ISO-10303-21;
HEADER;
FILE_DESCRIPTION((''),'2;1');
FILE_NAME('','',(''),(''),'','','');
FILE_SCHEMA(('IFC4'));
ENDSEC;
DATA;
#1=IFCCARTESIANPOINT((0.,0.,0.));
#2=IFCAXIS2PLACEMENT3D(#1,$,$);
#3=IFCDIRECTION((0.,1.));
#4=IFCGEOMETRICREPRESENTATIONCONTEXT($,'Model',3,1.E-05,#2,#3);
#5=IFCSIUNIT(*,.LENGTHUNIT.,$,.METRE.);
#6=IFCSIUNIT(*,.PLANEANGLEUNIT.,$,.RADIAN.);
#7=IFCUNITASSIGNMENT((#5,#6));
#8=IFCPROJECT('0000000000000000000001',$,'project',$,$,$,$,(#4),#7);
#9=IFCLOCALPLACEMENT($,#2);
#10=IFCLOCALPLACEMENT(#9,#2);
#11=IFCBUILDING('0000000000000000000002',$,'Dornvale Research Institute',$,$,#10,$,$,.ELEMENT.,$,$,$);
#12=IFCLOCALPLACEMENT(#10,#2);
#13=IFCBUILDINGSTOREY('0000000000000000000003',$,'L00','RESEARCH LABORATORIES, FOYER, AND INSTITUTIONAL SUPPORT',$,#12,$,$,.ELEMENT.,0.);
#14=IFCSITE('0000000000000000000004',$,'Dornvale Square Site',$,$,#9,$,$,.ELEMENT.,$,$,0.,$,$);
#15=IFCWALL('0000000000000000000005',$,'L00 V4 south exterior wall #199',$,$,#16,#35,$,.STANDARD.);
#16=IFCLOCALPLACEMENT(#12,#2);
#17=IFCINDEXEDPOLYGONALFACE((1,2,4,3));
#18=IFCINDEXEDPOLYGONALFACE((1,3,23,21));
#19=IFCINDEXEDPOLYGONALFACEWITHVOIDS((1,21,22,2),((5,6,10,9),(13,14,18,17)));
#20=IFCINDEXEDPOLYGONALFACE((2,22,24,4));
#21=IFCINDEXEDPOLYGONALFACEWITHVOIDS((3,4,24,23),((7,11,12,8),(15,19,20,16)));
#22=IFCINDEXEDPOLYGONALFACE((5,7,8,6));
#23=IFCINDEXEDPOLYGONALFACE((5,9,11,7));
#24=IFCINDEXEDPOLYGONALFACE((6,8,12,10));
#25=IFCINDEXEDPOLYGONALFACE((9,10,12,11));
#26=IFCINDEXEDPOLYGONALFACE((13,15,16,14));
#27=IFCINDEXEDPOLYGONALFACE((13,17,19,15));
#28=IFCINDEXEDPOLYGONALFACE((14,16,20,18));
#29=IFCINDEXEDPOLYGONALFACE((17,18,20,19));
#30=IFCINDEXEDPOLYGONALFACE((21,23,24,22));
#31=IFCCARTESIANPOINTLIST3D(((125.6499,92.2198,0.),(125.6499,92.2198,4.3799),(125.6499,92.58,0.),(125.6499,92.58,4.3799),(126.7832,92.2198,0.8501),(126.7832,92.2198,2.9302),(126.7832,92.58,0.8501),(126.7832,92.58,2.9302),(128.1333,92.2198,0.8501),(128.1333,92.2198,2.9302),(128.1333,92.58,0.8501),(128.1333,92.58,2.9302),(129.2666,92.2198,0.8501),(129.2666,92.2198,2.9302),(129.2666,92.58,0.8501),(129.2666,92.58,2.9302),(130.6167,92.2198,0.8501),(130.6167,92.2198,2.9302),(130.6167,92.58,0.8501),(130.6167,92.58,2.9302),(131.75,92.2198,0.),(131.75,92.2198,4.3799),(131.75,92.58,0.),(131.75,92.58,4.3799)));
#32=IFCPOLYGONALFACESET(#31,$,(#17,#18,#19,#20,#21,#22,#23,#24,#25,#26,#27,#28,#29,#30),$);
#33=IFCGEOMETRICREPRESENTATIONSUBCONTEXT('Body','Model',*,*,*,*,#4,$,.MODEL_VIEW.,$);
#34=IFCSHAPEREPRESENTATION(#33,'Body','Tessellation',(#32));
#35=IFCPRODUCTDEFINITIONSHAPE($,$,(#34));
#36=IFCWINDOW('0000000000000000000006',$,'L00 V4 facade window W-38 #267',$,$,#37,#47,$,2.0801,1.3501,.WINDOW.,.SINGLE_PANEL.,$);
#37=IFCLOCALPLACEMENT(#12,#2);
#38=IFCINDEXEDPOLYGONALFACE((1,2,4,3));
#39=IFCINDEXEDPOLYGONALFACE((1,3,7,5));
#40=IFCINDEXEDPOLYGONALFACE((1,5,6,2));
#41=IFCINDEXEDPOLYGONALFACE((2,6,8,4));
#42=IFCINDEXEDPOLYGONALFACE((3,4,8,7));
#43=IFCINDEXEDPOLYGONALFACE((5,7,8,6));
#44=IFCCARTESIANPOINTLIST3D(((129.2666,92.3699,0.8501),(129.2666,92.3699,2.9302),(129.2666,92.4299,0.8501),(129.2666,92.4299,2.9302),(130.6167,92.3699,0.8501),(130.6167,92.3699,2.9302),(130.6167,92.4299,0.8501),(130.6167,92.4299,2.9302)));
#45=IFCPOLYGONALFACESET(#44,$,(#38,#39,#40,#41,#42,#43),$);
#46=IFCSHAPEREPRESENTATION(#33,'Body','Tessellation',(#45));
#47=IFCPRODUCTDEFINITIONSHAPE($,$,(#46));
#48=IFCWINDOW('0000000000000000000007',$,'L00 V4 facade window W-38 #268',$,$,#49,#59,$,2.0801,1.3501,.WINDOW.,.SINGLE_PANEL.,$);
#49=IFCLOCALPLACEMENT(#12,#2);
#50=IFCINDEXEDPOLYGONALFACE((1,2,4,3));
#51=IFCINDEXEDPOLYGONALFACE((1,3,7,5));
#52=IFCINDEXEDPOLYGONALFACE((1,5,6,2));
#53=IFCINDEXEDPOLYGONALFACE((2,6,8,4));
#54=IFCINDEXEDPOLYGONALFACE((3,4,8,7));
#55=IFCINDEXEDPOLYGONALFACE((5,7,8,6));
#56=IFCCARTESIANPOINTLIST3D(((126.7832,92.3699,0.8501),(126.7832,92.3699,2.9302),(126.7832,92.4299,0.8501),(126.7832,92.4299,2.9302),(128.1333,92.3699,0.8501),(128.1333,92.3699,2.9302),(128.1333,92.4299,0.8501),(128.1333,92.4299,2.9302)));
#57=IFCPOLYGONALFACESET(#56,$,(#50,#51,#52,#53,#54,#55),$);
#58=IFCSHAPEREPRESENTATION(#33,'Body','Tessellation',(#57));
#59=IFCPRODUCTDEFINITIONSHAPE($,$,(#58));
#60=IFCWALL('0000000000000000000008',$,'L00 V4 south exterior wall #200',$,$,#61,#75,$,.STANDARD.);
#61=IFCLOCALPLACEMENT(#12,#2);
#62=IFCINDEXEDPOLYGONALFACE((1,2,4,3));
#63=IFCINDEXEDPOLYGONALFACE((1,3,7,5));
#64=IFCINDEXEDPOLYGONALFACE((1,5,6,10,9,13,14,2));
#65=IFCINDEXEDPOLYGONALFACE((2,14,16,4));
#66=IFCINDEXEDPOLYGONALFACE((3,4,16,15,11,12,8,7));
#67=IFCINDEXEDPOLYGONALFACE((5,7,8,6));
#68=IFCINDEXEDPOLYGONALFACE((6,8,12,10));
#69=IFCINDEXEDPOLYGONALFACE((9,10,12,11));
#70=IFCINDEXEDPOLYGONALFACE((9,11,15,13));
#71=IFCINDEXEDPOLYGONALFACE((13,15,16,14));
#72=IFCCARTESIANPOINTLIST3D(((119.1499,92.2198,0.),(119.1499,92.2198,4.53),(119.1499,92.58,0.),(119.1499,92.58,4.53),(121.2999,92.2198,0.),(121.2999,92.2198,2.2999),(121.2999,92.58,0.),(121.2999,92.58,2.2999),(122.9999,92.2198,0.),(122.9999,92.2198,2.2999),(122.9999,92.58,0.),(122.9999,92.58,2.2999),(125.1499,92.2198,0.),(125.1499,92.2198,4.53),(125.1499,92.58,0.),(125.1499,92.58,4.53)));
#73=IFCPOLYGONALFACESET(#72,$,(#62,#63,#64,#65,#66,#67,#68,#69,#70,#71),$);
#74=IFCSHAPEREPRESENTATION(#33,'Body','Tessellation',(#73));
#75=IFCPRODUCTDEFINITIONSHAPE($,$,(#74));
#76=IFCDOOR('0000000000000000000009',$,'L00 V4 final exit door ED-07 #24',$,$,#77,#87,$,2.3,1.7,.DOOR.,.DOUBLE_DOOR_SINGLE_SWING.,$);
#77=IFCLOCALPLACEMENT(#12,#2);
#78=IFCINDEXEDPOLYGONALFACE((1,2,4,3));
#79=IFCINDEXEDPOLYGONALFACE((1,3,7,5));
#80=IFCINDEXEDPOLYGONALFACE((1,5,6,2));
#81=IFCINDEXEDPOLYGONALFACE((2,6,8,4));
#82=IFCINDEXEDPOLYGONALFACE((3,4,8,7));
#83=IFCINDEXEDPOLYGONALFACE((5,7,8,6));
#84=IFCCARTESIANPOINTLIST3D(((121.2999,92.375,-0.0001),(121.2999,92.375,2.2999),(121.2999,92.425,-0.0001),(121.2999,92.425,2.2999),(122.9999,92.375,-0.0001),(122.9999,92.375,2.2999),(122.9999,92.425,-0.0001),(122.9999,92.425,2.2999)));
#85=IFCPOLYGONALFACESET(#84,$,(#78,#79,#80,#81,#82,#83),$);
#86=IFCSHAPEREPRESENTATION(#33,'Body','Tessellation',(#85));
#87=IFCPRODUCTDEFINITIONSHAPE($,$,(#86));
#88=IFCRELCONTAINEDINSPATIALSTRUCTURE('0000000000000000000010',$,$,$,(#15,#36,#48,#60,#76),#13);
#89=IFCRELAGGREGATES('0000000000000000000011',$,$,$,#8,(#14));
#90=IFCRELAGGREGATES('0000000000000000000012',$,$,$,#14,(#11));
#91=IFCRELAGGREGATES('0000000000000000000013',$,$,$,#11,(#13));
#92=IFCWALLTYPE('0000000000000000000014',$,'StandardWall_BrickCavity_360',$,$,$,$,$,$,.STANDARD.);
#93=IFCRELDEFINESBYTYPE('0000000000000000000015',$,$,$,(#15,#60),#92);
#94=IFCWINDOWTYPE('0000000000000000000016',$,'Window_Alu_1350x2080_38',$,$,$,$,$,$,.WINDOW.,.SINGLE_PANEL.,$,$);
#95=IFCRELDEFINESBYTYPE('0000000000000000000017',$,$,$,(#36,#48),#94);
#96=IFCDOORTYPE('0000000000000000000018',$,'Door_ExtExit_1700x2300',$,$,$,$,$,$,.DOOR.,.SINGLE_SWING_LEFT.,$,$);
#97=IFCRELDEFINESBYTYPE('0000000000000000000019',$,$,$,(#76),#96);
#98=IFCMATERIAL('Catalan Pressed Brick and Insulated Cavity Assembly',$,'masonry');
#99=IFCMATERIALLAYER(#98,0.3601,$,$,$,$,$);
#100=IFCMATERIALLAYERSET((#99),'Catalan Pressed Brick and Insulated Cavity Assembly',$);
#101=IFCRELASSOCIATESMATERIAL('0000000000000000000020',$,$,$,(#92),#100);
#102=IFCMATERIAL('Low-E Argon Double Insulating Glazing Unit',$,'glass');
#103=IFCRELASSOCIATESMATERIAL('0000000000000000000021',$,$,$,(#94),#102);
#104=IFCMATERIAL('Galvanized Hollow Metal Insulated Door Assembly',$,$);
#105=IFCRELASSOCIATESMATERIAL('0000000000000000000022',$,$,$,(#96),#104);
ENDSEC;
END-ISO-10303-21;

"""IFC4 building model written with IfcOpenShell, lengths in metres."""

from ifc_helpers import new_model, si_unit, direction, frame, frame_2d, origin, place, context, subcontext, project, spatial, rectangle, extrude, material, layer, layer_set, type_object, element, fill, save


model = new_model("IFC4")

# Units and contexts
model_context = context("Model", 3, precision=1e-05, world=origin(), true_north=direction((0.0, 1.0)))
body_context = subcontext(model_context, "Body", "Model", "MODEL_VIEW")
ifc_project = project(units=[si_unit("LENGTHUNIT", "METRE"), si_unit("PLANEANGLEUNIT", "RADIAN")], contexts=[model_context])

# Site, building, storey
site_placement = place(None, origin())
site = spatial("IfcSite", under=ifc_project, at=site_placement, Name="Dornvale Square Site", CompositionType="ELEMENT", RefElevation=0.0)
building_placement = place(site_placement, origin())
building = spatial("IfcBuilding", under=site, at=building_placement, Name="Dornvale Research Institute", CompositionType="ELEMENT")
storey_placement = place(building_placement, origin())
storey = spatial("IfcBuildingStorey", under=building, at=storey_placement, Name="L00", Description="RESEARCH LABORATORIES, FOYER, AND INSTITUTIONAL SUPPORT", CompositionType="ELEMENT", Elevation=0.0)

# Wall, openings, windows
ifc_material_1 = material(Name="Catalan Pressed Brick and Insulated Cavity Assembly", Category="masonry")
ifc_layer_1 = layer(ifc_material_1, 0.3601)
ifc_layer_set_1 = layer_set([ifc_layer_1], Name="Catalan Pressed Brick and Insulated Cavity Assembly")
wall_type_1 = type_object("IfcWallType", Name="StandardWall_BrickCavity_360", PredefinedType="STANDARD", material=ifc_layer_set_1)
wall_1_placement = place(storey_placement, frame((131.75, 92.3999, 0.0), z_axis=(0.0, 0.0, 1.0), x_axis=(-1.0, 0.0, 0.0)))
wall_1 = element("IfcWall", 1, at=wall_1_placement, inside=storey, type_object=wall_type_1, Name="L00 V4 south exterior wall #199", PredefinedType="STANDARD", context=body_context, shape_type="SweptSolid", body=[
    extrude(rectangle(XDim=6.1001, YDim=0.3601, at=frame_2d((3.05, 0.0))), origin(), (0.0, 0.0, 1.0), 4.3799),
])
opening_1_placement = place(wall_1_placement, frame((1.1333, 0.0, 0.8501)))
opening_1 = element("IfcOpeningElement", 2, at=opening_1_placement, cuts=wall_1, PredefinedType="OPENING", context=body_context, shape_type="SweptSolid", body=[
    extrude(rectangle(XDim=1.3501, YDim=2.0801, at=frame_2d((0.675, 1.04))), frame((0.0, 0.1951, 0.0), z_axis=(0.0, -1.0, 0.0), x_axis=(1.0, 0.0, 0.0)), (0.0, 0.0, 1.0), 0.3901),
])
opening_2_placement = place(wall_1_placement, frame((3.6167, 0.0, 0.8501)))
opening_2 = element("IfcOpeningElement", 3, at=opening_2_placement, cuts=wall_1, PredefinedType="OPENING", context=body_context, shape_type="SweptSolid", body=[
    extrude(rectangle(XDim=1.3501, YDim=2.0801, at=frame_2d((0.675, 1.04))), frame((0.0, 0.1951, 0.0), z_axis=(0.0, -1.0, 0.0), x_axis=(1.0, 0.0, 0.0)), (0.0, 0.0, 1.0), 0.3901),
])
ifc_material_2 = material(Name="Low-E Argon Double Insulating Glazing Unit", Category="glass")
window_type = type_object("IfcWindowType", Name="Window_Alu_1350x2080_38", PartitioningType="SINGLE_PANEL", PredefinedType="WINDOW", material=ifc_material_2)
window_1_placement = place(opening_1_placement, origin())
window_1 = element("IfcWindow", 4, at=window_1_placement, inside=storey, type_object=window_type, Name="L00 V4 facade window W-38 #267", OverallHeight=2.0801, OverallWidth=1.3501, PartitioningType="SINGLE_PANEL", PredefinedType="WINDOW", context=body_context, shape_type="SweptSolid", body=[
    extrude(rectangle(XDim=1.3501, YDim=2.0801, at=frame_2d((0.675, 1.04))), frame((0.0, 0.03, 0.0), z_axis=(0.0, -1.0, 0.0), x_axis=(1.0, 0.0, 0.0)), (0.0, 0.0, 1.0), 0.0601),
])
fill(opening_1, window_1)
window_2_placement = place(opening_2_placement, origin())
window_2 = element("IfcWindow", 5, at=window_2_placement, inside=storey, type_object=window_type, Name="L00 V4 facade window W-38 #268", OverallHeight=2.0801, OverallWidth=1.3501, PartitioningType="SINGLE_PANEL", PredefinedType="WINDOW", context=body_context, shape_type="SweptSolid", body=[
    extrude(rectangle(XDim=1.3501, YDim=2.0801, at=frame_2d((0.675, 1.04))), frame((0.0, 0.03, 0.0), z_axis=(0.0, -1.0, 0.0), x_axis=(1.0, 0.0, 0.0)), (0.0, 0.0, 1.0), 0.0601),
])
fill(opening_2, window_2)

# Wall, opening, door
wall_2_placement = place(storey_placement, frame((125.1499, 92.3999, 0.0), z_axis=(0.0, 0.0, 1.0), x_axis=(-1.0, 0.0, 0.0)))
wall_2 = element("IfcWall", 6, at=wall_2_placement, inside=storey, type_object=wall_type_1, Name="L00 V4 south exterior wall #200", PredefinedType="STANDARD", context=body_context, shape_type="SweptSolid", body=[
    extrude(rectangle(XDim=6.0, YDim=0.3601, at=frame_2d((3.0, 0.0))), origin(), (0.0, 0.0, 1.0), 4.53),
])
opening_3_placement = place(wall_2_placement, frame((2.1499, 0.0, 0.0)))
opening_3 = element("IfcOpeningElement", 7, at=opening_3_placement, cuts=wall_2, PredefinedType="OPENING", context=body_context, shape_type="SweptSolid", body=[
    extrude(rectangle(XDim=1.7, YDim=2.3, at=frame_2d((0.8501, 1.1499))), frame((0.0, 0.1951, 0.0), z_axis=(0.0, -1.0, 0.0), x_axis=(1.0, 0.0, 0.0)), (0.0, 0.0, 1.0), 0.3901),
])
ifc_material_3 = material(Name="Galvanized Hollow Metal Insulated Door Assembly")
door_type = type_object("IfcDoorType", Name="Door_ExtExit_1700x2300", OperationType="SINGLE_SWING_LEFT", PredefinedType="DOOR", material=ifc_material_3)
door_placement = place(opening_3_placement, origin())
door = element("IfcDoor", 8, at=door_placement, inside=storey, type_object=door_type, Name="L00 V4 final exit door ED-07 #24", OperationType="DOUBLE_DOOR_SINGLE_SWING", OverallHeight=2.3, OverallWidth=1.7, PredefinedType="DOOR", context=body_context, shape_type="SweptSolid", body=[
    extrude(rectangle(XDim=1.7, YDim=2.3, at=frame_2d((0.8501, 1.1499))), frame((0.0, 0.0249, 0.0), z_axis=(0.0, -1.0, 0.0), x_axis=(1.0, 0.0, 0.0)), (0.0, 0.0, 1.0), 0.05),
])
fill(opening_3, door)

save(model, "model.ifc")
